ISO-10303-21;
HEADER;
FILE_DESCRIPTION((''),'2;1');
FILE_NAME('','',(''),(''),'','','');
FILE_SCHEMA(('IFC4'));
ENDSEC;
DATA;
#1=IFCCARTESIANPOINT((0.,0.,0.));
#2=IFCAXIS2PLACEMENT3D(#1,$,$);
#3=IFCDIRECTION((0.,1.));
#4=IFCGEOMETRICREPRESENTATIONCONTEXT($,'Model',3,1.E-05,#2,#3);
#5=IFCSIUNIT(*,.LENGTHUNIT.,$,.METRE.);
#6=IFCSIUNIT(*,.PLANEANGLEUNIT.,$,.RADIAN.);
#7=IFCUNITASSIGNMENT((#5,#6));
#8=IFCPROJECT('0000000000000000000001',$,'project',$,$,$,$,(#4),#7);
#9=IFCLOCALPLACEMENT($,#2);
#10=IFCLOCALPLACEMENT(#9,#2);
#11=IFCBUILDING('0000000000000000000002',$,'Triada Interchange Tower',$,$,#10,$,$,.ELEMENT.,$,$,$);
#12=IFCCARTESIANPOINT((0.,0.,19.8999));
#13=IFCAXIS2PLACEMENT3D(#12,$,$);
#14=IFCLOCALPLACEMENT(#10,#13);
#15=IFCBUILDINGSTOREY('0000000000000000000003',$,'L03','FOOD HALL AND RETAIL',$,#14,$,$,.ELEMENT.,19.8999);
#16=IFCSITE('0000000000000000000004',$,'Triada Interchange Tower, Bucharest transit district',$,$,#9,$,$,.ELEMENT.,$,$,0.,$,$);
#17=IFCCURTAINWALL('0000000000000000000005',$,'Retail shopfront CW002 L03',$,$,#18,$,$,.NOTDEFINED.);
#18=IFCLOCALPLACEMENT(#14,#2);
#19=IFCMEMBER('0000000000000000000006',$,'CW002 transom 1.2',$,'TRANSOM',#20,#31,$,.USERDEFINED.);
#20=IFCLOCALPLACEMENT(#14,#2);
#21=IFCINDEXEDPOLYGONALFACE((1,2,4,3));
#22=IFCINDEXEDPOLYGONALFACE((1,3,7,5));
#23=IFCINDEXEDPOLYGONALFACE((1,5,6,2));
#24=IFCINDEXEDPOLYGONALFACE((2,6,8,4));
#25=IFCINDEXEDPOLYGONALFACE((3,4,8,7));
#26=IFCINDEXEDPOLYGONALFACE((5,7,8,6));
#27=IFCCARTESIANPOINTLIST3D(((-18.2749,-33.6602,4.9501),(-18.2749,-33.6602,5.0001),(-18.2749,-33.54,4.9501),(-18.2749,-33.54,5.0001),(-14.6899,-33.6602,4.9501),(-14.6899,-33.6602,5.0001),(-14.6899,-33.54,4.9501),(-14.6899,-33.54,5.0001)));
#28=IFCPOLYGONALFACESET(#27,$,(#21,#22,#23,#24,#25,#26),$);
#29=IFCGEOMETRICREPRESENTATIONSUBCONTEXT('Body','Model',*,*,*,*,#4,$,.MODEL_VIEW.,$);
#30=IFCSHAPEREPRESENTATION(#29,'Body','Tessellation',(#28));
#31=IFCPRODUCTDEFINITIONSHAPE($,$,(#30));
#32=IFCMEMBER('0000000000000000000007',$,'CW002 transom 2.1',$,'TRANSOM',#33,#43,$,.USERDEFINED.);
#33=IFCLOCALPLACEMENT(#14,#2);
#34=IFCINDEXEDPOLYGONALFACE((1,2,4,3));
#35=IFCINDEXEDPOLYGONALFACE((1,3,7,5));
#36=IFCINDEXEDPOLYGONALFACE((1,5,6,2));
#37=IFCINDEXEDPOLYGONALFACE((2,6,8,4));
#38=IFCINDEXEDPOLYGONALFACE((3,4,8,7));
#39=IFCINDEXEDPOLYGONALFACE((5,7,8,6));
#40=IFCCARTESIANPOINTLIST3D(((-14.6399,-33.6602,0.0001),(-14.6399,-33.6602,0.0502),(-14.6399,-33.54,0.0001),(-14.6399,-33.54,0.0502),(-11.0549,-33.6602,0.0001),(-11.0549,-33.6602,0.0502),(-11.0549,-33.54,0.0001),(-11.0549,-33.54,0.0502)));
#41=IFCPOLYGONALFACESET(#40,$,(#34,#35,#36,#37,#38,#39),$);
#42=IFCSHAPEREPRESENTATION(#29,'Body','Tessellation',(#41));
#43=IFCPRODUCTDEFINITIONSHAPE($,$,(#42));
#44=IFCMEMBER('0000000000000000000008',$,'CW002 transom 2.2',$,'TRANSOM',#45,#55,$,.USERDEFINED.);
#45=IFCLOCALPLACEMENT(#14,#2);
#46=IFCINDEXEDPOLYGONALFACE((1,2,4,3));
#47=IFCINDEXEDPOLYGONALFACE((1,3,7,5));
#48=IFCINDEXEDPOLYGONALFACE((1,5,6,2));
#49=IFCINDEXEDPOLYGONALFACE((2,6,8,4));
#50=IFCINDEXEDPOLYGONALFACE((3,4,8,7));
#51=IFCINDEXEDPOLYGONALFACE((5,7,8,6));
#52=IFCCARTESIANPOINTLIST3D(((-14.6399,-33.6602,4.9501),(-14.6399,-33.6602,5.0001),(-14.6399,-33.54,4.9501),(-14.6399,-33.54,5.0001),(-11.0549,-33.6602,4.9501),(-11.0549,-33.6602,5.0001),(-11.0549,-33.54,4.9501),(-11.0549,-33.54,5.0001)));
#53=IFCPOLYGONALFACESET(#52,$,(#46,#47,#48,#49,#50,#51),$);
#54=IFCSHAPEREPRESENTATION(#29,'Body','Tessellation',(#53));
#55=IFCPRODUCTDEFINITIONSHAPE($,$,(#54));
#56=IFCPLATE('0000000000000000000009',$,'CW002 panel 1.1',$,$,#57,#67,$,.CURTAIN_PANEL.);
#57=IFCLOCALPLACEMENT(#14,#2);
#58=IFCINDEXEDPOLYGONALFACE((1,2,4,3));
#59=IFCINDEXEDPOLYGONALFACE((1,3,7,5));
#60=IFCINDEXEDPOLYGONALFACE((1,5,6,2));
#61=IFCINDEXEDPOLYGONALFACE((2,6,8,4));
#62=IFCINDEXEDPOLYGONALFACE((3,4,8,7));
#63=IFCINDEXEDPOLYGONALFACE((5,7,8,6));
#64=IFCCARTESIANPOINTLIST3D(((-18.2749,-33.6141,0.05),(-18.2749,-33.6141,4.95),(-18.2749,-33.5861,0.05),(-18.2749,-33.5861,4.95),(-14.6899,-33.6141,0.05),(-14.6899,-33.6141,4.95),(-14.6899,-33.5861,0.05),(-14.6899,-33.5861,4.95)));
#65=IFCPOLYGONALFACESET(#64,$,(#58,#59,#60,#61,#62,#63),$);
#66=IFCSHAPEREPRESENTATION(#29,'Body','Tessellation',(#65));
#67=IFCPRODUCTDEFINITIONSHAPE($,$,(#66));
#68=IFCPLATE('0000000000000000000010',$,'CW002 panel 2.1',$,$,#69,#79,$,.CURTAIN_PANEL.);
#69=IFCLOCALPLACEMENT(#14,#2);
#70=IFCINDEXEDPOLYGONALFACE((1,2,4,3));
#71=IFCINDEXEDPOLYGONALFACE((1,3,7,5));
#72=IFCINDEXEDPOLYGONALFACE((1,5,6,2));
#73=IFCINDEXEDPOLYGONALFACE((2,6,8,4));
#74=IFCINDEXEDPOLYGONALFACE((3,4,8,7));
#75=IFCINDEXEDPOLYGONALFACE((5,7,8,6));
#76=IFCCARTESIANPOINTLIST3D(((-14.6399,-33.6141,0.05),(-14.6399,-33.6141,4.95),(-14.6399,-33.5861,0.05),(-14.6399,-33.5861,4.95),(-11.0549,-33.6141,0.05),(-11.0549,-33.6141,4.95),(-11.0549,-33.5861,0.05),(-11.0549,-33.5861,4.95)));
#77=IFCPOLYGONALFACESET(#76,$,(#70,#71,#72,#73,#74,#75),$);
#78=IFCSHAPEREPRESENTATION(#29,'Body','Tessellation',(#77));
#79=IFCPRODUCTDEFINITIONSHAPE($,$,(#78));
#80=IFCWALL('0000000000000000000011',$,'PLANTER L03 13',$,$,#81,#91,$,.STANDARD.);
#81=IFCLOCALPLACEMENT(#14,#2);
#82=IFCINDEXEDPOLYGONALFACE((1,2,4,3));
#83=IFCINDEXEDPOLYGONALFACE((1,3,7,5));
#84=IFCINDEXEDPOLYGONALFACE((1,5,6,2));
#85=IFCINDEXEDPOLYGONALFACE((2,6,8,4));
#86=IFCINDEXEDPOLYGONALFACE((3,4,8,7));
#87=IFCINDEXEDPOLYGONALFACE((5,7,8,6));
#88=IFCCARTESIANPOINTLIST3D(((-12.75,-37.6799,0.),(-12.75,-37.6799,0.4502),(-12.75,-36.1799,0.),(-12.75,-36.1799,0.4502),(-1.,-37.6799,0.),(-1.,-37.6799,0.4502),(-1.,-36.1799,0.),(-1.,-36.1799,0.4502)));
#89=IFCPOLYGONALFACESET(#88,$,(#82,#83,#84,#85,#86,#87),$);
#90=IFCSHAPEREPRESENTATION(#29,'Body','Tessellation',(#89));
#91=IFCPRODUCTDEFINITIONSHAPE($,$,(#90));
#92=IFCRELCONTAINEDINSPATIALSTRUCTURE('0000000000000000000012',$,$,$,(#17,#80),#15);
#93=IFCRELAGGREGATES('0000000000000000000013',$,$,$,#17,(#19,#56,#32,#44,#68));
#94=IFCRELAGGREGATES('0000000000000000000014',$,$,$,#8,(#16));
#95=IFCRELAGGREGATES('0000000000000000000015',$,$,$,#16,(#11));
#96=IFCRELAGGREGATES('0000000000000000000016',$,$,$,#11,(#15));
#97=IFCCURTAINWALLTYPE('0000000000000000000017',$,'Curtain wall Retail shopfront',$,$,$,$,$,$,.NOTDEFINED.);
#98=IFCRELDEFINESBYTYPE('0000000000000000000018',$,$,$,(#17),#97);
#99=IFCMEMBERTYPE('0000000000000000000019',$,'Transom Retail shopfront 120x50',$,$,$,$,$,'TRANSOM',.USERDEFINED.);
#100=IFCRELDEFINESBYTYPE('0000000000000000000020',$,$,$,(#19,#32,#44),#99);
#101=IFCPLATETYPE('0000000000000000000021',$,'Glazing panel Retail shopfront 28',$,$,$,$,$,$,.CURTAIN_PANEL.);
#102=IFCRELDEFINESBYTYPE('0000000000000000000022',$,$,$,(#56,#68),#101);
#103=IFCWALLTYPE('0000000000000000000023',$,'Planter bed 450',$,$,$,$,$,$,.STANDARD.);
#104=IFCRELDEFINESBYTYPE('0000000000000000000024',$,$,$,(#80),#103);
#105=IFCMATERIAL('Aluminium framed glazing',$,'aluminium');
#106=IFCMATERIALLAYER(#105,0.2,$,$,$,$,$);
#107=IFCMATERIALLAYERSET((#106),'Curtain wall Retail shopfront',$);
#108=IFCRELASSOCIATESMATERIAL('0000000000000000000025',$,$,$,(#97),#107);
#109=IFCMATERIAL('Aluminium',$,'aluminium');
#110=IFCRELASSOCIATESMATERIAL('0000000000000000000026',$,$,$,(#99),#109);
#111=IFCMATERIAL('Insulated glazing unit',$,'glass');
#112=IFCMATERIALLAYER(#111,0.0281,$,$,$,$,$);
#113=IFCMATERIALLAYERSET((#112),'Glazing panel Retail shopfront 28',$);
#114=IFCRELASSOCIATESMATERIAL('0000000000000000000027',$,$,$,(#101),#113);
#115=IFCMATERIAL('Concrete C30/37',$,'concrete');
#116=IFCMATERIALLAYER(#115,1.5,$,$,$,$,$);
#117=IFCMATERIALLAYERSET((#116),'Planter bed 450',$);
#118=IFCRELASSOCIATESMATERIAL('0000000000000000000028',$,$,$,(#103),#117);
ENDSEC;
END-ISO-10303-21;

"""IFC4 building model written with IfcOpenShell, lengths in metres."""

from ifc_helpers import new_model, si_unit, direction, frame, frame_2d, origin, origin_2d, place, context, subcontext, project, spatial, rectangle, extrude, material, layer, layer_set, material_profile, profile_set, type_object, element, aggregate, save


model = new_model("IFC4")

# Units and contexts
model_context = context("Model", 3, precision=1e-05, world=origin(), true_north=direction((0.0, 1.0)))
body_context = subcontext(model_context, "Body", "Model", "MODEL_VIEW")
ifc_project = project(units=[si_unit("LENGTHUNIT", "METRE"), si_unit("PLANEANGLEUNIT", "RADIAN")], contexts=[model_context])

# Site, building, storey
site_placement = place(None, origin())
site = spatial("IfcSite", under=ifc_project, at=site_placement, Name="Triada Interchange Tower, Bucharest transit district", CompositionType="ELEMENT", RefElevation=0.0)
building_placement = place(site_placement, origin())
building = spatial("IfcBuilding", under=site, at=building_placement, Name="Triada Interchange Tower", CompositionType="ELEMENT")
storey_placement = place(building_placement, frame((0.0, 0.0, 19.8999)))
storey = spatial("IfcBuildingStorey", under=building, at=storey_placement, Name="L03", Description="FOOD HALL AND RETAIL", CompositionType="ELEMENT", Elevation=19.8999)

# Shared definitions
ifc_material_1 = material(Name="Aluminium framed glazing", Category="aluminium")
ifc_layer_1 = layer(ifc_material_1, 0.2)
ifc_layer_set_1 = layer_set([ifc_layer_1], Name="Curtain wall Retail shopfront")
curtain_wall_type = type_object("IfcCurtainWallType", Name="Curtain wall Retail shopfront", PredefinedType="NOTDEFINED", material=ifc_layer_set_1)
ifc_material_2 = material(Name="Aluminium", Category="aluminium")

# Curtain wall
curtain_wall_1_placement = place(storey_placement, origin())
curtain_wall_1 = element("IfcCurtainWall", 1, at=curtain_wall_1_placement, inside=storey, type_object=curtain_wall_type, Name="Retail shopfront CW002 L03", PredefinedType="NOTDEFINED")

# Members
ifc_material_profile_1 = material_profile(ifc_material_2, rectangle(XDim=0.1201, YDim=0.05, at=origin_2d()), Name="Aluminium transom")
ifc_profile_set_1 = profile_set([ifc_material_profile_1], Name="Aluminium")
member_type_1 = type_object("IfcMemberType", Name="Transom Retail shopfront 120x50", ElementType="TRANSOM", PredefinedType="USERDEFINED", material=ifc_profile_set_1)
member_1_placement = place(storey_placement, frame((-18.2749, -33.6001, 4.9751), z_axis=(1.0, 0.0, 0.0), x_axis=(0.0, 1.0, 0.0)))
member_1 = element("IfcMember", 2, at=member_1_placement, type_object=member_type_1, Name="CW002 transom 1.2", ObjectType="TRANSOM", PredefinedType="USERDEFINED", context=body_context, shape_type="SweptSolid", body=[
    extrude(rectangle(XDim=0.1201, YDim=0.05, at=origin_2d()), origin(), (0.0, 0.0, 1.0), 3.585),
])
member_2_placement = place(storey_placement, frame((-14.6399, -33.6001, 0.0251), z_axis=(1.0, 0.0, 0.0), x_axis=(0.0, 1.0, 0.0)))
member_2 = element("IfcMember", 3, at=member_2_placement, type_object=member_type_1, Name="CW002 transom 2.1", ObjectType="TRANSOM", PredefinedType="USERDEFINED", context=body_context, shape_type="SweptSolid", body=[
    extrude(rectangle(XDim=0.1201, YDim=0.05, at=origin_2d()), origin(), (0.0, 0.0, 1.0), 3.585),
])
member_3_placement = place(storey_placement, frame((-14.6399, -33.6001, 4.9751), z_axis=(1.0, 0.0, 0.0), x_axis=(0.0, 1.0, 0.0)))
member_3 = element("IfcMember", 4, at=member_3_placement, type_object=member_type_1, Name="CW002 transom 2.2", ObjectType="TRANSOM", PredefinedType="USERDEFINED", context=body_context, shape_type="SweptSolid", body=[
    extrude(rectangle(XDim=0.1201, YDim=0.05, at=origin_2d()), origin(), (0.0, 0.0, 1.0), 3.585),
])

# Plates
ifc_material_3 = material(Name="Insulated glazing unit", Category="glass")
ifc_layer_2 = layer(ifc_material_3, 0.0281)
ifc_layer_set_2 = layer_set([ifc_layer_2], Name="Glazing panel Retail shopfront 28")
plate_type = type_object("IfcPlateType", Name="Glazing panel Retail shopfront 28", PredefinedType="CURTAIN_PANEL", material=ifc_layer_set_2)
plate_1_placement = place(storey_placement, frame((-16.4824, -33.6001, 0.05), z_axis=(0.0, 0.0, 1.0), x_axis=(1.0, 0.0, 0.0)))
plate_1 = element("IfcPlate", 5, at=plate_1_placement, type_object=plate_type, Name="CW002 panel 1.1", PredefinedType="CURTAIN_PANEL", context=body_context, shape_type="SweptSolid", body=[
    extrude(rectangle(XDim=3.585, YDim=0.0281, at=origin_2d()), origin(), (0.0, 0.0, 1.0), 4.8999),
])
plate_2_placement = place(storey_placement, frame((-12.8474, -33.6001, 0.05), z_axis=(0.0, 0.0, 1.0), x_axis=(1.0, 0.0, 0.0)))
plate_2 = element("IfcPlate", 6, at=plate_2_placement, type_object=plate_type, Name="CW002 panel 2.1", PredefinedType="CURTAIN_PANEL", context=body_context, shape_type="SweptSolid", body=[
    extrude(rectangle(XDim=3.585, YDim=0.0281, at=origin_2d()), origin(), (0.0, 0.0, 1.0), 4.8999),
])
aggregate(curtain_wall_1, [member_1, plate_1, member_2, member_3, plate_2])

# Wall
ifc_material_4 = material(Name="Concrete C30/37", Category="concrete")
ifc_layer_3 = layer(ifc_material_4, 1.5)
ifc_layer_set_3 = layer_set([ifc_layer_3], Name="Planter bed 450")
wall_type_1 = type_object("IfcWallType", Name="Planter bed 450", PredefinedType="STANDARD", material=ifc_layer_set_3)
wall_1_placement = place(storey_placement, frame((-12.75, -36.9299, 0.0), z_axis=(0.0, 0.0, 1.0), x_axis=(1.0, 0.0, 0.0)))
element("IfcWall", 7, at=wall_1_placement, inside=storey, type_object=wall_type_1, Name="PLANTER L03 13", PredefinedType="STANDARD", context=body_context, shape_type="SweptSolid", body=[
    extrude(rectangle(XDim=11.75, YDim=1.5, at=frame_2d((5.875, 0.0))), origin(), (0.0, 0.0, 1.0), 0.4502),
])

save(model, "model.ifc")
